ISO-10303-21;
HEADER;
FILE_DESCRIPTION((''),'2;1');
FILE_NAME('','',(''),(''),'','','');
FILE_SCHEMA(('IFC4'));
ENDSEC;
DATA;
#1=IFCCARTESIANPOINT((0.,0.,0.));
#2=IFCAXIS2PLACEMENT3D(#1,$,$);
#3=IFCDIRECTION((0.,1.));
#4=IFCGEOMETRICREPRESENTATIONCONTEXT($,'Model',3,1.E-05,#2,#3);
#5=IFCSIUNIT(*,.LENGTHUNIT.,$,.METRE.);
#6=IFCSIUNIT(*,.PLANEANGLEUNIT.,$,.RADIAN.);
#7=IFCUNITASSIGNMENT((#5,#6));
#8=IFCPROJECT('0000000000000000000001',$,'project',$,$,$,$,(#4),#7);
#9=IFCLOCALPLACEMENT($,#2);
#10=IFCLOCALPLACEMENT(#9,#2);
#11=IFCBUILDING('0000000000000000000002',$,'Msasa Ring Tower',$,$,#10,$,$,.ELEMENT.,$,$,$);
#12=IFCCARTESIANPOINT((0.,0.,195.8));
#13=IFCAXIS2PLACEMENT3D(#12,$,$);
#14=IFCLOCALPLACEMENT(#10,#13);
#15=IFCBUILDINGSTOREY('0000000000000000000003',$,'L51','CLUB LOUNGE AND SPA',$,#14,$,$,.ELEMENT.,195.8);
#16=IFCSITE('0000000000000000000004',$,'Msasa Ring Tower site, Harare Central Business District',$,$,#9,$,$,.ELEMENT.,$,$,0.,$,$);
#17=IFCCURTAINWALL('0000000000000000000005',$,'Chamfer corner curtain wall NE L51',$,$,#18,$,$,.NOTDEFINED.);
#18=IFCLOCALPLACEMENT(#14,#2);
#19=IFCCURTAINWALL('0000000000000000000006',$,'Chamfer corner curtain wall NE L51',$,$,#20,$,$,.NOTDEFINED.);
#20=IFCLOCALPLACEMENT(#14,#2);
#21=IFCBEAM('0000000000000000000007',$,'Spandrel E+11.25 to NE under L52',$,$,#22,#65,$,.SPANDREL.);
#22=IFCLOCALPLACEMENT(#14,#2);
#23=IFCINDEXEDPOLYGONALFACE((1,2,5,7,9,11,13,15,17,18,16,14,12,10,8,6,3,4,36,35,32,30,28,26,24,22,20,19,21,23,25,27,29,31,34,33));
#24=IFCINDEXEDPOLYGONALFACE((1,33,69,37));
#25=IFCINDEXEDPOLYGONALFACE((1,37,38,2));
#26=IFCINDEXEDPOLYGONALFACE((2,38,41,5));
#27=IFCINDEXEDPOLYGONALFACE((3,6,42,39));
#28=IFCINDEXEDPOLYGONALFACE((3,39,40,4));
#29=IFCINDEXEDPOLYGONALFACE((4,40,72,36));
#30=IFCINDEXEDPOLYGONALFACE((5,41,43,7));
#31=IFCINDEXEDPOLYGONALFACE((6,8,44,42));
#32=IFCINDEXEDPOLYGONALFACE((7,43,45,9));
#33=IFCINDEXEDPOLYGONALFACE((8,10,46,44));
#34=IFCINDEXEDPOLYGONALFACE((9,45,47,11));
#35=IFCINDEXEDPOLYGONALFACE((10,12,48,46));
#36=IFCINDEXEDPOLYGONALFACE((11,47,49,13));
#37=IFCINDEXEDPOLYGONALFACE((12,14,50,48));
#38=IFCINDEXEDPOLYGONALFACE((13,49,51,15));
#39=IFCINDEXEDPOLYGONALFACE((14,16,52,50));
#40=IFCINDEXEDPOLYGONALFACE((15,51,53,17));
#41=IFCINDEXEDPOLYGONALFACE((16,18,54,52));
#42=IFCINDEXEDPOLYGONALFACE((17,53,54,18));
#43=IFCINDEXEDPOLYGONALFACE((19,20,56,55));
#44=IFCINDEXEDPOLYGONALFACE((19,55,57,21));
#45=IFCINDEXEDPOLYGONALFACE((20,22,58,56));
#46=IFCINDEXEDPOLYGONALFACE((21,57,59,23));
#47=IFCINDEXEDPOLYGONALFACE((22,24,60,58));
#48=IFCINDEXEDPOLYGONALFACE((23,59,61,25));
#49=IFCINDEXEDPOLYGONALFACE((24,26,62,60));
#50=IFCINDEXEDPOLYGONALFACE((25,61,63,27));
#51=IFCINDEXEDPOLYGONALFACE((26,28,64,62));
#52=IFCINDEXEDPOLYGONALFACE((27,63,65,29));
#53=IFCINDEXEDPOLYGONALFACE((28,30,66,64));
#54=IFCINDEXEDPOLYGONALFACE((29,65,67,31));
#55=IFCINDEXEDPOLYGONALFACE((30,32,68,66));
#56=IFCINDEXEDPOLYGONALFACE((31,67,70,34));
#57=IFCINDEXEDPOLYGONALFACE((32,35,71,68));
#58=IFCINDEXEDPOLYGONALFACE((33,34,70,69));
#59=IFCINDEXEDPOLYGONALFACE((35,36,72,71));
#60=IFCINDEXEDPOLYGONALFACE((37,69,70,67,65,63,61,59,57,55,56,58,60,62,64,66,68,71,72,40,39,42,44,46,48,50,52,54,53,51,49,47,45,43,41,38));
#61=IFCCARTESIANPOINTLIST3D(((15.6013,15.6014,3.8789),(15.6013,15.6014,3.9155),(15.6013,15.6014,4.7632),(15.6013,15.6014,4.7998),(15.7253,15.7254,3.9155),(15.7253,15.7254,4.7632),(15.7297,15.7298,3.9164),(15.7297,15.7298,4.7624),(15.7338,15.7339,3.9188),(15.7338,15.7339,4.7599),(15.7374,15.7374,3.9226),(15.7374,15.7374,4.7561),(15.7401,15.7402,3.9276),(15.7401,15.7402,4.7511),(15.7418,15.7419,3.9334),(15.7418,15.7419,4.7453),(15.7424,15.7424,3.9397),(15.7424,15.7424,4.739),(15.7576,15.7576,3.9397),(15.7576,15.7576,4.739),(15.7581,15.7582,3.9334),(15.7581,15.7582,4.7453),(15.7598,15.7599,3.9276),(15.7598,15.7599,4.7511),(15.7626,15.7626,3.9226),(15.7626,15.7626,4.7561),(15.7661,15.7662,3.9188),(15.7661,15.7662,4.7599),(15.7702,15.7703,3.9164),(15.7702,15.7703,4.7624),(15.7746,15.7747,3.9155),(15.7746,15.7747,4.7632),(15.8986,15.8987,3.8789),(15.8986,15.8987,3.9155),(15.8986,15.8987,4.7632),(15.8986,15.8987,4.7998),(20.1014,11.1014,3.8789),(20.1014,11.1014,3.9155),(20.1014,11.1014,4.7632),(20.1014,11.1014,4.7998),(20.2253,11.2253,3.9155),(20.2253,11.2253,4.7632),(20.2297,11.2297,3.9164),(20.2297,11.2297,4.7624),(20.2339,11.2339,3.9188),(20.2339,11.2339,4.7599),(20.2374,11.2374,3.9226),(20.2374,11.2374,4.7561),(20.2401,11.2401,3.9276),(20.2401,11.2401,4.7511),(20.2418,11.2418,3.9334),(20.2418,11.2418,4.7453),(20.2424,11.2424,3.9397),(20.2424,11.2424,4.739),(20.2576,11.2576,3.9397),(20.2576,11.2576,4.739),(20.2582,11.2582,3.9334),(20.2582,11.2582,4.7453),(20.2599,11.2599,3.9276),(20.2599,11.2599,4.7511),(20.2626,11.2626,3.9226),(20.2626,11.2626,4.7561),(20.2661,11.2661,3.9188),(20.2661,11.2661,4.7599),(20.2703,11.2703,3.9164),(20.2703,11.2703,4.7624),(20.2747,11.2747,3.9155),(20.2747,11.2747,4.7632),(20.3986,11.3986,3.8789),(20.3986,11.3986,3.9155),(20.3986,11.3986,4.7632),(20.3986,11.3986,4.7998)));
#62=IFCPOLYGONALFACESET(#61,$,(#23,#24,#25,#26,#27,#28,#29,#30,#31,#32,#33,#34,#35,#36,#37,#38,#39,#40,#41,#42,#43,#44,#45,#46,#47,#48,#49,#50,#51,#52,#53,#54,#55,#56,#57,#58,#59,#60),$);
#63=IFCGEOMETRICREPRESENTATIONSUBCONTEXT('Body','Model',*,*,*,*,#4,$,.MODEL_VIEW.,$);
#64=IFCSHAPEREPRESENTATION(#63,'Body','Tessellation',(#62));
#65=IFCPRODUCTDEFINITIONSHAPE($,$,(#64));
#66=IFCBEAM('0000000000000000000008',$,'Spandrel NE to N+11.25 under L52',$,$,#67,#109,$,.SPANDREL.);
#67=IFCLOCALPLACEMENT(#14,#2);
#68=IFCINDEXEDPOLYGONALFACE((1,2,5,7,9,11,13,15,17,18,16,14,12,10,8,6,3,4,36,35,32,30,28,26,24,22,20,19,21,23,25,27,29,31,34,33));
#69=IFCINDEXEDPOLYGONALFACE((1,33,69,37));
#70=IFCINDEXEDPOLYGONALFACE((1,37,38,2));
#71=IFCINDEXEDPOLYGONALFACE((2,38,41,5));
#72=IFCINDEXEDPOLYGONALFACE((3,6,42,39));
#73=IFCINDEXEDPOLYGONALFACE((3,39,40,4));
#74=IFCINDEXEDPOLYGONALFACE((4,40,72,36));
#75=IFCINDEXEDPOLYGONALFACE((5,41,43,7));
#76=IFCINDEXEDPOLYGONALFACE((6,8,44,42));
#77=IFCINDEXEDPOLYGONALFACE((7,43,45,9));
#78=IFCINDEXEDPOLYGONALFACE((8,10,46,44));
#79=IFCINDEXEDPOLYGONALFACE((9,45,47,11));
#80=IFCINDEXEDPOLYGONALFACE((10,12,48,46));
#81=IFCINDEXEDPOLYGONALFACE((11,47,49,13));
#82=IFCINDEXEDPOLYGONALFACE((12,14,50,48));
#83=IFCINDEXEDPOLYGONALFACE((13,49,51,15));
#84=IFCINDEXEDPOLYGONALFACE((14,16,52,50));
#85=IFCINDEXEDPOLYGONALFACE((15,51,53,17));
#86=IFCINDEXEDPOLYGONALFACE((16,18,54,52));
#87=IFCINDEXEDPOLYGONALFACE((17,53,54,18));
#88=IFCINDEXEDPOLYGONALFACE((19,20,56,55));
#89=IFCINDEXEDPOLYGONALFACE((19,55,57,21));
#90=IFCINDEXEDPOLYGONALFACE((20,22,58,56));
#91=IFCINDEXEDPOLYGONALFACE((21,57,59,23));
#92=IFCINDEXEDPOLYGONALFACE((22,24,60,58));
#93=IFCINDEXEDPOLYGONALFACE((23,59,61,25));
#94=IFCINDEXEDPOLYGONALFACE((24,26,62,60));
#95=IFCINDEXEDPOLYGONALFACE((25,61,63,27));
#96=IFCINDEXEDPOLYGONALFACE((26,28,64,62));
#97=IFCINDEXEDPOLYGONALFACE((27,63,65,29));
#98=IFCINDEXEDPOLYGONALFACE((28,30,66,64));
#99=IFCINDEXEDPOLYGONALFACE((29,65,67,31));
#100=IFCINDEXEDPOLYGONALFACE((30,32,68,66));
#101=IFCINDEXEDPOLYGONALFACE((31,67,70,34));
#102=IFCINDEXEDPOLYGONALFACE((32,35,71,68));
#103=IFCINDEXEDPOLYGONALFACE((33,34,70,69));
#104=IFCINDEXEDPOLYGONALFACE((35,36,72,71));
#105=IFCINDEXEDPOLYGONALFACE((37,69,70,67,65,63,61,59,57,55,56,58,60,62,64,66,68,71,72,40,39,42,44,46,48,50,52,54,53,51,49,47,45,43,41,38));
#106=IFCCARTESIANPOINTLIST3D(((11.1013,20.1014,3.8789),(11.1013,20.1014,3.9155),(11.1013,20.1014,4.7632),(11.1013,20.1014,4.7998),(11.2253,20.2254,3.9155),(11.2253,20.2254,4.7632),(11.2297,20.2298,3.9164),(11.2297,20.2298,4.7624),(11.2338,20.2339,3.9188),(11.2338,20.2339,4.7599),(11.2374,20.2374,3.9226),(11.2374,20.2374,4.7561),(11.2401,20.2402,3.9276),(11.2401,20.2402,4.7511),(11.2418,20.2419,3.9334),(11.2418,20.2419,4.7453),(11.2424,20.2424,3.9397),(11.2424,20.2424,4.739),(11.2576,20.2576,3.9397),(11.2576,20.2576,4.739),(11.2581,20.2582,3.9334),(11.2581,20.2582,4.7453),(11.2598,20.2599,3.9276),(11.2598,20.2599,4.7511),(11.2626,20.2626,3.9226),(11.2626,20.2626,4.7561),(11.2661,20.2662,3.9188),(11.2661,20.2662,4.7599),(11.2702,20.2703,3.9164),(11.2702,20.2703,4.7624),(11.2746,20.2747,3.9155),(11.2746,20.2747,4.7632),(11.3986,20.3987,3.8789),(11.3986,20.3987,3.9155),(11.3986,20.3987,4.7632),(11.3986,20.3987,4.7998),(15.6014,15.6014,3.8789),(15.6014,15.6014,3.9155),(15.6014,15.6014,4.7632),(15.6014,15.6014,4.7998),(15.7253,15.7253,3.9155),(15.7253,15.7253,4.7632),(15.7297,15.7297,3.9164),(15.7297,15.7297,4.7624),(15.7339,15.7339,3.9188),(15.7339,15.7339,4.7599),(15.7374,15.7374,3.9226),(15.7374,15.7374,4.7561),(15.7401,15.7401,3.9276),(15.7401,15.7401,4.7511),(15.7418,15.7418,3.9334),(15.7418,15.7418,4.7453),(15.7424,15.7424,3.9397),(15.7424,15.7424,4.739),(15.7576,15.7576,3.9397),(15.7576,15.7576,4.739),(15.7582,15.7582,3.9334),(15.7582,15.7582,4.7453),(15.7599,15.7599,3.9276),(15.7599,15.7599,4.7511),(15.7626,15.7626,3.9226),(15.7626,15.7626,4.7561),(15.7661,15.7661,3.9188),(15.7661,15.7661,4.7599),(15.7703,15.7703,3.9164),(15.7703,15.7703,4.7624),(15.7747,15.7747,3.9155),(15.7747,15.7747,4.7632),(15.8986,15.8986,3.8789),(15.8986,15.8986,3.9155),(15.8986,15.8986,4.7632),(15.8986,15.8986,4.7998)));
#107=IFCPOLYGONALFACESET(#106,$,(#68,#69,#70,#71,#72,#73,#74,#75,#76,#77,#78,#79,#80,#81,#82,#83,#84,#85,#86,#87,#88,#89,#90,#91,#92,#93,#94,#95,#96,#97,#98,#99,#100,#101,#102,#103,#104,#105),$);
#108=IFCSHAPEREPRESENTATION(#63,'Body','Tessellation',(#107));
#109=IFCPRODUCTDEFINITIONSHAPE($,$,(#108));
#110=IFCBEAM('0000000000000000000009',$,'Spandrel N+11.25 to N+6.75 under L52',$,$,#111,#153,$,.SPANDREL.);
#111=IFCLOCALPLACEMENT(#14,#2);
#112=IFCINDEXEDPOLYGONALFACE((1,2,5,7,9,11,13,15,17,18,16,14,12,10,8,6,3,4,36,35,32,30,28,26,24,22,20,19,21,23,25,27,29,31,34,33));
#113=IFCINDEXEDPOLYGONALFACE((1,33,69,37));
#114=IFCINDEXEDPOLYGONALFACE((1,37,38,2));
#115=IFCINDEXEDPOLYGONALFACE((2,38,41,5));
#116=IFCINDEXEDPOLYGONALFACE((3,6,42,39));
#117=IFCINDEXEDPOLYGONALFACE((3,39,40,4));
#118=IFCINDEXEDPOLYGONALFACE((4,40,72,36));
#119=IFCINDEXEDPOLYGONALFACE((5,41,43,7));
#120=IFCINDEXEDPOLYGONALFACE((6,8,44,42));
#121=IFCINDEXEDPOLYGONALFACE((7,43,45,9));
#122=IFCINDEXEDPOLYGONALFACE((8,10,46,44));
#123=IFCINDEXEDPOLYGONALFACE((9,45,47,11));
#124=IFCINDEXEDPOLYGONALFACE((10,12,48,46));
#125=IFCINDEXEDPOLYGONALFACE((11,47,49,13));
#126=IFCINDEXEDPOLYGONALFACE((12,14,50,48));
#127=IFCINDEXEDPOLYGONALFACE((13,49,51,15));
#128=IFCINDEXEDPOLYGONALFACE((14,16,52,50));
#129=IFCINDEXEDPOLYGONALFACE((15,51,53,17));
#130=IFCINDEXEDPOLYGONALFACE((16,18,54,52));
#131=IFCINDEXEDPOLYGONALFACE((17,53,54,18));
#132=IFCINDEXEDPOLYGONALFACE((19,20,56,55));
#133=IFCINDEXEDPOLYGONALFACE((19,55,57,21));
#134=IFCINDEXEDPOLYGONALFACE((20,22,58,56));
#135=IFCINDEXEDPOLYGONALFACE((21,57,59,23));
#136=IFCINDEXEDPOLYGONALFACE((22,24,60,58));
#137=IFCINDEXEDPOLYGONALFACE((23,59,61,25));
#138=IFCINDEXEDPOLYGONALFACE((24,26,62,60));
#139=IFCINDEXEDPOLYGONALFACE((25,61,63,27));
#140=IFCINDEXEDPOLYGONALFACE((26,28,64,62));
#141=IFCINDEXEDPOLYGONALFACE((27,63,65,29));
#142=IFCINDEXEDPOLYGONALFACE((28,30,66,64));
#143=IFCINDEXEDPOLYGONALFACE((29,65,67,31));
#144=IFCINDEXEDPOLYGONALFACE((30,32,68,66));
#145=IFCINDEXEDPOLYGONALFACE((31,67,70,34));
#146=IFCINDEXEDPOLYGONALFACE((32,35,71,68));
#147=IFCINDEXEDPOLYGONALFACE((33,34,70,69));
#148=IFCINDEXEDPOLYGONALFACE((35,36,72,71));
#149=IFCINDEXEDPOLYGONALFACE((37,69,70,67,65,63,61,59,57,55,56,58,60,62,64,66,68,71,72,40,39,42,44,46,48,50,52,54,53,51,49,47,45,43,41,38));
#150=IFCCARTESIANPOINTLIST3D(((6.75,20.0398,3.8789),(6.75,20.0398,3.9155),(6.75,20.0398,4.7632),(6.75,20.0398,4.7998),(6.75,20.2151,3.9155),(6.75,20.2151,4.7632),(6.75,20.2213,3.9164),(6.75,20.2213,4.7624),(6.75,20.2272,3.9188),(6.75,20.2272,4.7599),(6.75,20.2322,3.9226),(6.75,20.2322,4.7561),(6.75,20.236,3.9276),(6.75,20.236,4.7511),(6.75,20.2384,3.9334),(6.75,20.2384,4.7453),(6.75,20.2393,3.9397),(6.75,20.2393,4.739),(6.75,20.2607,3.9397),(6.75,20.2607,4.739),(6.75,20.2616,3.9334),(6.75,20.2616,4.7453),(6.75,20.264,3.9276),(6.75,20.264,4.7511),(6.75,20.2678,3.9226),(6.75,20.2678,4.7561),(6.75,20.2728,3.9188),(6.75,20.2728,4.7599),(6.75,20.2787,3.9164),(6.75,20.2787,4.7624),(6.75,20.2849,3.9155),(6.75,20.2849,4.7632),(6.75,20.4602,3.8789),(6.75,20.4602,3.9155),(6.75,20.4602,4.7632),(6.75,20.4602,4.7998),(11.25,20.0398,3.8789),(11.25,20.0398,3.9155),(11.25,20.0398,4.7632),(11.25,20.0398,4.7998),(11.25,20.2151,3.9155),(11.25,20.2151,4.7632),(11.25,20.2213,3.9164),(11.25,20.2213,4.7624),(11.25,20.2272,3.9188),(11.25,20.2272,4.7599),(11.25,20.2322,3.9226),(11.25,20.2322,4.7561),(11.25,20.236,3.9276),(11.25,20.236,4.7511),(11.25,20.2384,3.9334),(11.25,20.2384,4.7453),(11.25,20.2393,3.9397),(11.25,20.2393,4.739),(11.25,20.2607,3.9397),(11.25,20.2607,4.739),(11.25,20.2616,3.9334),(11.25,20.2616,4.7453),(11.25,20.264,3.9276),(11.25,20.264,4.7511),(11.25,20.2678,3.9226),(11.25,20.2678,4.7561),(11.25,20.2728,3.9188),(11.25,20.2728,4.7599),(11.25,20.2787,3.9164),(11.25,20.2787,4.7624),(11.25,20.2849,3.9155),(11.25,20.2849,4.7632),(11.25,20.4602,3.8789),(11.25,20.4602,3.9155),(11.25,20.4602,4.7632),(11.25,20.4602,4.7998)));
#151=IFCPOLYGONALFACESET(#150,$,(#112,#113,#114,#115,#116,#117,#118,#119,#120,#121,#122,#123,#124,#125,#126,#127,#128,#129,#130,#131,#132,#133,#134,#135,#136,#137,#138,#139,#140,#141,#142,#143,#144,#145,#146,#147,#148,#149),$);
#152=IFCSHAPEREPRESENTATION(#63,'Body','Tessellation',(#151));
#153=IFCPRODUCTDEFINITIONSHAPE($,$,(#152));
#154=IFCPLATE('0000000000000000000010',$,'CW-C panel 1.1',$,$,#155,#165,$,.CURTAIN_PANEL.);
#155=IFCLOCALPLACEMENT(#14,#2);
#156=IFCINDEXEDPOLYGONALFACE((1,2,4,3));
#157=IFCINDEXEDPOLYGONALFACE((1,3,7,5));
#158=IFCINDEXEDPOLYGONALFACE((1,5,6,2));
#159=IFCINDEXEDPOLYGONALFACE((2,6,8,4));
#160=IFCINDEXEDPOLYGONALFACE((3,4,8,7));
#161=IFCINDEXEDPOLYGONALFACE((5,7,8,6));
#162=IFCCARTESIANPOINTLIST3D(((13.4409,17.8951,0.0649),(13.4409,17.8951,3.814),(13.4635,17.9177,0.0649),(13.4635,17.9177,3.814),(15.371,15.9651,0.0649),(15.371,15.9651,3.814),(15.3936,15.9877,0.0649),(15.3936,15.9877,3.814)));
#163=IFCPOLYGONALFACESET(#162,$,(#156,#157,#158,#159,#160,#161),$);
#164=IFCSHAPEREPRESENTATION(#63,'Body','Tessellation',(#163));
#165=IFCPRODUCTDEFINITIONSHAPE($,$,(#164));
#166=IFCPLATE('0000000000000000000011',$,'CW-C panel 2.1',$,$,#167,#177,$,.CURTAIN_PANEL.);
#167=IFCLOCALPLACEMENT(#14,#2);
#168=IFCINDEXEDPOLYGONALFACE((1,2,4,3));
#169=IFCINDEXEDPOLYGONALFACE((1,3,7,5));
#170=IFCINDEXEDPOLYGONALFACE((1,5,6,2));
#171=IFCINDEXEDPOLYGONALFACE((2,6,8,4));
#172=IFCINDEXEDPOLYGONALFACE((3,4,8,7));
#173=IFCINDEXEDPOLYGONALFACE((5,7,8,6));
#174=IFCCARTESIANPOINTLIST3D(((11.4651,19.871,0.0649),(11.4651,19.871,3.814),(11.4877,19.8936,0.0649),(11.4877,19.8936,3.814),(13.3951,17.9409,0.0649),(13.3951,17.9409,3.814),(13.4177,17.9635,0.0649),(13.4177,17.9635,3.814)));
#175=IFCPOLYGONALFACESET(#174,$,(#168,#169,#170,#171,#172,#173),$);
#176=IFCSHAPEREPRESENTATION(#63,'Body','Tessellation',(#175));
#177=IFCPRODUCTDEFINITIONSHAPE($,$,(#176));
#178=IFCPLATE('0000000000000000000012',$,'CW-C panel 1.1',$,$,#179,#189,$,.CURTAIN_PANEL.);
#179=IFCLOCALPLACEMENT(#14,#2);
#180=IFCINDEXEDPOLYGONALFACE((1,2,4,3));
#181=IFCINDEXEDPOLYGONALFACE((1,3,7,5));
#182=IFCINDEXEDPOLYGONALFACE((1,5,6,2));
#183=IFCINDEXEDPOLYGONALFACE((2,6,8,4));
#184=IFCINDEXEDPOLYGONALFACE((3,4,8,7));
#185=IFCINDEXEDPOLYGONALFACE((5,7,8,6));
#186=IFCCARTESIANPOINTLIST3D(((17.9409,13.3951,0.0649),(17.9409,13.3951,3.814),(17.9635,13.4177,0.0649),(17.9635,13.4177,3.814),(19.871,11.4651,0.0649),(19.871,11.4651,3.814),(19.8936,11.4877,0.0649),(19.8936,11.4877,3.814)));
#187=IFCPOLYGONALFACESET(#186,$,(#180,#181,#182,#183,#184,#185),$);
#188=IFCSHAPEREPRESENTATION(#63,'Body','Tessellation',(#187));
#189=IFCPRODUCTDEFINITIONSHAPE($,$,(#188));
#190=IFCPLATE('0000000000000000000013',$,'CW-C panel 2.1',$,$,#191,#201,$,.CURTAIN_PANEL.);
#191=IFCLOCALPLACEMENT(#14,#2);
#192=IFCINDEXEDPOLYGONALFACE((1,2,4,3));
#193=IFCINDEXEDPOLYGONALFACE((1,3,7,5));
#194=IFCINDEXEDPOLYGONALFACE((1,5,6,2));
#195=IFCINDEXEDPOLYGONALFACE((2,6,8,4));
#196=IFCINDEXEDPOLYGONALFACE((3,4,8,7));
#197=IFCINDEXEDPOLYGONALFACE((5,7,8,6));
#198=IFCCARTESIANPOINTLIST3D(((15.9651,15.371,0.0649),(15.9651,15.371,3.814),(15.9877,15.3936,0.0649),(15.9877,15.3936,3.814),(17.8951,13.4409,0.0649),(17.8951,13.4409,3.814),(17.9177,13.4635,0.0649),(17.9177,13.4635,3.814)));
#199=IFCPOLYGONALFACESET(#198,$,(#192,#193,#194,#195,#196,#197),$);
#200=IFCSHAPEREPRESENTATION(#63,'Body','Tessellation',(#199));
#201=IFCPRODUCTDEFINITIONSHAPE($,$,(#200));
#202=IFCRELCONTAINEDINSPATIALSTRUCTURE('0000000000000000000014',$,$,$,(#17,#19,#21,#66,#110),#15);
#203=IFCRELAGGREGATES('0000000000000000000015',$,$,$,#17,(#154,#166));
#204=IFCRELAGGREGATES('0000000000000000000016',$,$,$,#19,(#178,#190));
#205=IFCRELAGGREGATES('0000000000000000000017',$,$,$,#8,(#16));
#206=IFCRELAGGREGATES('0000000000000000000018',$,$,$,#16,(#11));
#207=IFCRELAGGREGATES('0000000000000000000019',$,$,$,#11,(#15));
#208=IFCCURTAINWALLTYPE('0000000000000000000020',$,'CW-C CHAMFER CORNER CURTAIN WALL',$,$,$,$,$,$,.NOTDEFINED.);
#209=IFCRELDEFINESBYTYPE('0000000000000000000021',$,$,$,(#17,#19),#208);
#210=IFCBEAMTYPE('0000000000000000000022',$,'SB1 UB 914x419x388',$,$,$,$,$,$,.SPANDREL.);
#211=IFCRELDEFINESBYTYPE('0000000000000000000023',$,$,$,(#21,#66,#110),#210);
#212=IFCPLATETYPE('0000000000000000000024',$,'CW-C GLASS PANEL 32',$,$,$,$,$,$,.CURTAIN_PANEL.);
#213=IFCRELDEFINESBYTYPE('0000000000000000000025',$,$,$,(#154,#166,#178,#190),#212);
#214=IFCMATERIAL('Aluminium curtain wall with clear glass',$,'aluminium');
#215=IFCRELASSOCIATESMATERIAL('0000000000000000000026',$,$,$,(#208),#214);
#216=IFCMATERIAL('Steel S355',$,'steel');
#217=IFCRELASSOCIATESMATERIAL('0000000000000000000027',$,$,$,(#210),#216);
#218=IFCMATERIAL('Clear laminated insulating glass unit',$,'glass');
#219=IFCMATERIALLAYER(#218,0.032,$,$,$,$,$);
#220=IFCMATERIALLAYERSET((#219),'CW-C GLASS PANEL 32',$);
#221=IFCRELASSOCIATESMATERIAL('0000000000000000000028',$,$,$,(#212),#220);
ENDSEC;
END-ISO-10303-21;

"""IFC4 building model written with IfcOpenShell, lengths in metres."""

from ifc_helpers import new_model, si_unit, direction, frame, origin, origin_2d, place, context, subcontext, project, spatial, rectangle, i_section, extrude, material, layer, layer_set, material_profile, profile_set, type_object, element, aggregate, save


model = new_model("IFC4")

# Units and contexts
model_context = context("Model", 3, precision=1e-05, world=origin(), true_north=direction((0.0, 1.0)))
body_context = subcontext(model_context, "Body", "Model", "MODEL_VIEW")
ifc_project = project(units=[si_unit("LENGTHUNIT", "METRE"), si_unit("PLANEANGLEUNIT", "RADIAN")], contexts=[model_context])

# Site, building, storey
site_placement = place(None, origin())
site = spatial("IfcSite", under=ifc_project, at=site_placement, Name="Msasa Ring Tower site, Harare Central Business District", CompositionType="ELEMENT", RefElevation=0.0)
building_placement = place(site_placement, origin())
building = spatial("IfcBuilding", under=site, at=building_placement, Name="Msasa Ring Tower", CompositionType="ELEMENT")
storey_placement = place(building_placement, frame((0.0, 0.0, 195.8)))
storey = spatial("IfcBuildingStorey", under=building, at=storey_placement, Name="L51", Description="CLUB LOUNGE AND SPA", CompositionType="ELEMENT", Elevation=195.8)

# Curtain walls
ifc_material_1 = material(Name="Aluminium curtain wall with clear glass", Category="aluminium")
curtain_wall_type_1 = type_object("IfcCurtainWallType", Name="CW-C CHAMFER CORNER CURTAIN WALL", PredefinedType="NOTDEFINED", material=ifc_material_1)
curtain_wall_1_placement = place(storey_placement, origin())
curtain_wall_1 = element("IfcCurtainWall", 1, at=curtain_wall_1_placement, inside=storey, type_object=curtain_wall_type_1, Name="Chamfer corner curtain wall NE L51", PredefinedType="NOTDEFINED")
curtain_wall_2_placement = place(storey_placement, origin())
curtain_wall_2 = element("IfcCurtainWall", 2, at=curtain_wall_2_placement, inside=storey, type_object=curtain_wall_type_1, Name="Chamfer corner curtain wall NE L51", PredefinedType="NOTDEFINED")

# Beams
ifc_material_2 = material(Name="Steel S355", Category="steel")
ifc_material_profile_1 = material_profile(ifc_material_2, i_section(OverallWidth=0.4204, OverallDepth=0.9209, WebThickness=0.0215, FlangeThickness=0.0366, FilletRadius=0.0242, at=origin_2d()), Name="UB 914x419x388")
ifc_profile_set_1 = profile_set([ifc_material_profile_1], Name="Steel S355")
beam_type_1 = type_object("IfcBeamType", Name="SB1 UB 914x419x388", PredefinedType="SPANDREL", material=ifc_profile_set_1)
for number, where, z_axis, x_axis, name in (
    (3, (20.25, 11.25, 4.3394), (-0.707107, 0.707107, 0.0), (-0.707107, -0.707107, 0.0), "Spandrel E+11.25 to NE under L52"),
    (4, (15.75, 15.75, 4.3394), (-0.707107, 0.707107, 0.0), (-0.707107, -0.707107, 0.0), "Spandrel NE to N+11.25 under L52"),
):
    element("IfcBeam", number, at=place(storey_placement, frame(where, z_axis=z_axis, x_axis=x_axis)), inside=storey, type_object=beam_type_1, Name=name, PredefinedType="SPANDREL", context=body_context, shape_type="SweptSolid", body=[
        extrude(i_section(OverallWidth=0.4204, OverallDepth=0.9209, WebThickness=0.0215, FlangeThickness=0.0366, FilletRadius=0.0242, at=origin_2d()), origin(), (0.0, 0.0, 1.0), 6.364),
    ])
beam_1_placement = place(storey_placement, frame((11.25, 20.25, 4.3394), z_axis=(-1.0, 0.0, 0.0), x_axis=(0.0, -1.0, 0.0)))
element("IfcBeam", 5, at=beam_1_placement, inside=storey, type_object=beam_type_1, Name="Spandrel N+11.25 to N+6.75 under L52", PredefinedType="SPANDREL", context=body_context, shape_type="SweptSolid", body=[
    extrude(i_section(OverallWidth=0.4204, OverallDepth=0.9209, WebThickness=0.0215, FlangeThickness=0.0366, FilletRadius=0.0242, at=origin_2d()), origin(), (0.0, 0.0, 1.0), 4.5),
])

# Plates
ifc_material_3 = material(Name="Clear laminated insulating glass unit", Category="glass")
ifc_layer_1 = layer(ifc_material_3, 0.032)
ifc_layer_set_1 = layer_set([ifc_layer_1], Name="CW-C GLASS PANEL 32")
plate_type_1 = type_object("IfcPlateType", Name="CW-C GLASS PANEL 32", PredefinedType="CURTAIN_PANEL", material=ifc_layer_set_1)
plate_1_placement = place(storey_placement, frame((14.4172, 16.9414, 0.0649), z_axis=(0.0, 0.0, 1.0), x_axis=(-0.707107, 0.707107, 0.0)))
plate_1 = element("IfcPlate", 6, at=plate_1_placement, type_object=plate_type_1, Name="CW-C panel 1.1", PredefinedType="CURTAIN_PANEL", context=body_context, shape_type="SweptSolid", body=[
    extrude(rectangle(XDim=2.7295, YDim=0.032, at=origin_2d()), origin(), (0.0, 0.0, 1.0), 3.749),
])
plate_2_placement = place(storey_placement, frame((12.4414, 18.9172, 0.0649), z_axis=(0.0, 0.0, 1.0), x_axis=(-0.707107, 0.707107, 0.0)))
plate_2 = element("IfcPlate", 7, at=plate_2_placement, type_object=plate_type_1, Name="CW-C panel 2.1", PredefinedType="CURTAIN_PANEL", context=body_context, shape_type="SweptSolid", body=[
    extrude(rectangle(XDim=2.7295, YDim=0.032, at=origin_2d()), origin(), (0.0, 0.0, 1.0), 3.749),
])
aggregate(curtain_wall_1, [plate_1, plate_2])
plate_3_placement = place(storey_placement, frame((18.9172, 12.4414, 0.0649), z_axis=(0.0, 0.0, 1.0), x_axis=(-0.707107, 0.707107, 0.0)))
plate_3 = element("IfcPlate", 8, at=plate_3_placement, type_object=plate_type_1, Name="CW-C panel 1.1", PredefinedType="CURTAIN_PANEL", context=body_context, shape_type="SweptSolid", body=[
    extrude(rectangle(XDim=2.7295, YDim=0.032, at=origin_2d()), origin(), (0.0, 0.0, 1.0), 3.749),
])
plate_4_placement = place(storey_placement, frame((16.9414, 14.4172, 0.0649), z_axis=(0.0, 0.0, 1.0), x_axis=(-0.707107, 0.707107, 0.0)))
plate_4 = element("IfcPlate", 9, at=plate_4_placement, type_object=plate_type_1, Name="CW-C panel 2.1", PredefinedType="CURTAIN_PANEL", context=body_context, shape_type="SweptSolid", body=[
    extrude(rectangle(XDim=2.7295, YDim=0.032, at=origin_2d()), origin(), (0.0, 0.0, 1.0), 3.749),
])
aggregate(curtain_wall_2, [plate_3, plate_4])

save(model, "model.ifc")
